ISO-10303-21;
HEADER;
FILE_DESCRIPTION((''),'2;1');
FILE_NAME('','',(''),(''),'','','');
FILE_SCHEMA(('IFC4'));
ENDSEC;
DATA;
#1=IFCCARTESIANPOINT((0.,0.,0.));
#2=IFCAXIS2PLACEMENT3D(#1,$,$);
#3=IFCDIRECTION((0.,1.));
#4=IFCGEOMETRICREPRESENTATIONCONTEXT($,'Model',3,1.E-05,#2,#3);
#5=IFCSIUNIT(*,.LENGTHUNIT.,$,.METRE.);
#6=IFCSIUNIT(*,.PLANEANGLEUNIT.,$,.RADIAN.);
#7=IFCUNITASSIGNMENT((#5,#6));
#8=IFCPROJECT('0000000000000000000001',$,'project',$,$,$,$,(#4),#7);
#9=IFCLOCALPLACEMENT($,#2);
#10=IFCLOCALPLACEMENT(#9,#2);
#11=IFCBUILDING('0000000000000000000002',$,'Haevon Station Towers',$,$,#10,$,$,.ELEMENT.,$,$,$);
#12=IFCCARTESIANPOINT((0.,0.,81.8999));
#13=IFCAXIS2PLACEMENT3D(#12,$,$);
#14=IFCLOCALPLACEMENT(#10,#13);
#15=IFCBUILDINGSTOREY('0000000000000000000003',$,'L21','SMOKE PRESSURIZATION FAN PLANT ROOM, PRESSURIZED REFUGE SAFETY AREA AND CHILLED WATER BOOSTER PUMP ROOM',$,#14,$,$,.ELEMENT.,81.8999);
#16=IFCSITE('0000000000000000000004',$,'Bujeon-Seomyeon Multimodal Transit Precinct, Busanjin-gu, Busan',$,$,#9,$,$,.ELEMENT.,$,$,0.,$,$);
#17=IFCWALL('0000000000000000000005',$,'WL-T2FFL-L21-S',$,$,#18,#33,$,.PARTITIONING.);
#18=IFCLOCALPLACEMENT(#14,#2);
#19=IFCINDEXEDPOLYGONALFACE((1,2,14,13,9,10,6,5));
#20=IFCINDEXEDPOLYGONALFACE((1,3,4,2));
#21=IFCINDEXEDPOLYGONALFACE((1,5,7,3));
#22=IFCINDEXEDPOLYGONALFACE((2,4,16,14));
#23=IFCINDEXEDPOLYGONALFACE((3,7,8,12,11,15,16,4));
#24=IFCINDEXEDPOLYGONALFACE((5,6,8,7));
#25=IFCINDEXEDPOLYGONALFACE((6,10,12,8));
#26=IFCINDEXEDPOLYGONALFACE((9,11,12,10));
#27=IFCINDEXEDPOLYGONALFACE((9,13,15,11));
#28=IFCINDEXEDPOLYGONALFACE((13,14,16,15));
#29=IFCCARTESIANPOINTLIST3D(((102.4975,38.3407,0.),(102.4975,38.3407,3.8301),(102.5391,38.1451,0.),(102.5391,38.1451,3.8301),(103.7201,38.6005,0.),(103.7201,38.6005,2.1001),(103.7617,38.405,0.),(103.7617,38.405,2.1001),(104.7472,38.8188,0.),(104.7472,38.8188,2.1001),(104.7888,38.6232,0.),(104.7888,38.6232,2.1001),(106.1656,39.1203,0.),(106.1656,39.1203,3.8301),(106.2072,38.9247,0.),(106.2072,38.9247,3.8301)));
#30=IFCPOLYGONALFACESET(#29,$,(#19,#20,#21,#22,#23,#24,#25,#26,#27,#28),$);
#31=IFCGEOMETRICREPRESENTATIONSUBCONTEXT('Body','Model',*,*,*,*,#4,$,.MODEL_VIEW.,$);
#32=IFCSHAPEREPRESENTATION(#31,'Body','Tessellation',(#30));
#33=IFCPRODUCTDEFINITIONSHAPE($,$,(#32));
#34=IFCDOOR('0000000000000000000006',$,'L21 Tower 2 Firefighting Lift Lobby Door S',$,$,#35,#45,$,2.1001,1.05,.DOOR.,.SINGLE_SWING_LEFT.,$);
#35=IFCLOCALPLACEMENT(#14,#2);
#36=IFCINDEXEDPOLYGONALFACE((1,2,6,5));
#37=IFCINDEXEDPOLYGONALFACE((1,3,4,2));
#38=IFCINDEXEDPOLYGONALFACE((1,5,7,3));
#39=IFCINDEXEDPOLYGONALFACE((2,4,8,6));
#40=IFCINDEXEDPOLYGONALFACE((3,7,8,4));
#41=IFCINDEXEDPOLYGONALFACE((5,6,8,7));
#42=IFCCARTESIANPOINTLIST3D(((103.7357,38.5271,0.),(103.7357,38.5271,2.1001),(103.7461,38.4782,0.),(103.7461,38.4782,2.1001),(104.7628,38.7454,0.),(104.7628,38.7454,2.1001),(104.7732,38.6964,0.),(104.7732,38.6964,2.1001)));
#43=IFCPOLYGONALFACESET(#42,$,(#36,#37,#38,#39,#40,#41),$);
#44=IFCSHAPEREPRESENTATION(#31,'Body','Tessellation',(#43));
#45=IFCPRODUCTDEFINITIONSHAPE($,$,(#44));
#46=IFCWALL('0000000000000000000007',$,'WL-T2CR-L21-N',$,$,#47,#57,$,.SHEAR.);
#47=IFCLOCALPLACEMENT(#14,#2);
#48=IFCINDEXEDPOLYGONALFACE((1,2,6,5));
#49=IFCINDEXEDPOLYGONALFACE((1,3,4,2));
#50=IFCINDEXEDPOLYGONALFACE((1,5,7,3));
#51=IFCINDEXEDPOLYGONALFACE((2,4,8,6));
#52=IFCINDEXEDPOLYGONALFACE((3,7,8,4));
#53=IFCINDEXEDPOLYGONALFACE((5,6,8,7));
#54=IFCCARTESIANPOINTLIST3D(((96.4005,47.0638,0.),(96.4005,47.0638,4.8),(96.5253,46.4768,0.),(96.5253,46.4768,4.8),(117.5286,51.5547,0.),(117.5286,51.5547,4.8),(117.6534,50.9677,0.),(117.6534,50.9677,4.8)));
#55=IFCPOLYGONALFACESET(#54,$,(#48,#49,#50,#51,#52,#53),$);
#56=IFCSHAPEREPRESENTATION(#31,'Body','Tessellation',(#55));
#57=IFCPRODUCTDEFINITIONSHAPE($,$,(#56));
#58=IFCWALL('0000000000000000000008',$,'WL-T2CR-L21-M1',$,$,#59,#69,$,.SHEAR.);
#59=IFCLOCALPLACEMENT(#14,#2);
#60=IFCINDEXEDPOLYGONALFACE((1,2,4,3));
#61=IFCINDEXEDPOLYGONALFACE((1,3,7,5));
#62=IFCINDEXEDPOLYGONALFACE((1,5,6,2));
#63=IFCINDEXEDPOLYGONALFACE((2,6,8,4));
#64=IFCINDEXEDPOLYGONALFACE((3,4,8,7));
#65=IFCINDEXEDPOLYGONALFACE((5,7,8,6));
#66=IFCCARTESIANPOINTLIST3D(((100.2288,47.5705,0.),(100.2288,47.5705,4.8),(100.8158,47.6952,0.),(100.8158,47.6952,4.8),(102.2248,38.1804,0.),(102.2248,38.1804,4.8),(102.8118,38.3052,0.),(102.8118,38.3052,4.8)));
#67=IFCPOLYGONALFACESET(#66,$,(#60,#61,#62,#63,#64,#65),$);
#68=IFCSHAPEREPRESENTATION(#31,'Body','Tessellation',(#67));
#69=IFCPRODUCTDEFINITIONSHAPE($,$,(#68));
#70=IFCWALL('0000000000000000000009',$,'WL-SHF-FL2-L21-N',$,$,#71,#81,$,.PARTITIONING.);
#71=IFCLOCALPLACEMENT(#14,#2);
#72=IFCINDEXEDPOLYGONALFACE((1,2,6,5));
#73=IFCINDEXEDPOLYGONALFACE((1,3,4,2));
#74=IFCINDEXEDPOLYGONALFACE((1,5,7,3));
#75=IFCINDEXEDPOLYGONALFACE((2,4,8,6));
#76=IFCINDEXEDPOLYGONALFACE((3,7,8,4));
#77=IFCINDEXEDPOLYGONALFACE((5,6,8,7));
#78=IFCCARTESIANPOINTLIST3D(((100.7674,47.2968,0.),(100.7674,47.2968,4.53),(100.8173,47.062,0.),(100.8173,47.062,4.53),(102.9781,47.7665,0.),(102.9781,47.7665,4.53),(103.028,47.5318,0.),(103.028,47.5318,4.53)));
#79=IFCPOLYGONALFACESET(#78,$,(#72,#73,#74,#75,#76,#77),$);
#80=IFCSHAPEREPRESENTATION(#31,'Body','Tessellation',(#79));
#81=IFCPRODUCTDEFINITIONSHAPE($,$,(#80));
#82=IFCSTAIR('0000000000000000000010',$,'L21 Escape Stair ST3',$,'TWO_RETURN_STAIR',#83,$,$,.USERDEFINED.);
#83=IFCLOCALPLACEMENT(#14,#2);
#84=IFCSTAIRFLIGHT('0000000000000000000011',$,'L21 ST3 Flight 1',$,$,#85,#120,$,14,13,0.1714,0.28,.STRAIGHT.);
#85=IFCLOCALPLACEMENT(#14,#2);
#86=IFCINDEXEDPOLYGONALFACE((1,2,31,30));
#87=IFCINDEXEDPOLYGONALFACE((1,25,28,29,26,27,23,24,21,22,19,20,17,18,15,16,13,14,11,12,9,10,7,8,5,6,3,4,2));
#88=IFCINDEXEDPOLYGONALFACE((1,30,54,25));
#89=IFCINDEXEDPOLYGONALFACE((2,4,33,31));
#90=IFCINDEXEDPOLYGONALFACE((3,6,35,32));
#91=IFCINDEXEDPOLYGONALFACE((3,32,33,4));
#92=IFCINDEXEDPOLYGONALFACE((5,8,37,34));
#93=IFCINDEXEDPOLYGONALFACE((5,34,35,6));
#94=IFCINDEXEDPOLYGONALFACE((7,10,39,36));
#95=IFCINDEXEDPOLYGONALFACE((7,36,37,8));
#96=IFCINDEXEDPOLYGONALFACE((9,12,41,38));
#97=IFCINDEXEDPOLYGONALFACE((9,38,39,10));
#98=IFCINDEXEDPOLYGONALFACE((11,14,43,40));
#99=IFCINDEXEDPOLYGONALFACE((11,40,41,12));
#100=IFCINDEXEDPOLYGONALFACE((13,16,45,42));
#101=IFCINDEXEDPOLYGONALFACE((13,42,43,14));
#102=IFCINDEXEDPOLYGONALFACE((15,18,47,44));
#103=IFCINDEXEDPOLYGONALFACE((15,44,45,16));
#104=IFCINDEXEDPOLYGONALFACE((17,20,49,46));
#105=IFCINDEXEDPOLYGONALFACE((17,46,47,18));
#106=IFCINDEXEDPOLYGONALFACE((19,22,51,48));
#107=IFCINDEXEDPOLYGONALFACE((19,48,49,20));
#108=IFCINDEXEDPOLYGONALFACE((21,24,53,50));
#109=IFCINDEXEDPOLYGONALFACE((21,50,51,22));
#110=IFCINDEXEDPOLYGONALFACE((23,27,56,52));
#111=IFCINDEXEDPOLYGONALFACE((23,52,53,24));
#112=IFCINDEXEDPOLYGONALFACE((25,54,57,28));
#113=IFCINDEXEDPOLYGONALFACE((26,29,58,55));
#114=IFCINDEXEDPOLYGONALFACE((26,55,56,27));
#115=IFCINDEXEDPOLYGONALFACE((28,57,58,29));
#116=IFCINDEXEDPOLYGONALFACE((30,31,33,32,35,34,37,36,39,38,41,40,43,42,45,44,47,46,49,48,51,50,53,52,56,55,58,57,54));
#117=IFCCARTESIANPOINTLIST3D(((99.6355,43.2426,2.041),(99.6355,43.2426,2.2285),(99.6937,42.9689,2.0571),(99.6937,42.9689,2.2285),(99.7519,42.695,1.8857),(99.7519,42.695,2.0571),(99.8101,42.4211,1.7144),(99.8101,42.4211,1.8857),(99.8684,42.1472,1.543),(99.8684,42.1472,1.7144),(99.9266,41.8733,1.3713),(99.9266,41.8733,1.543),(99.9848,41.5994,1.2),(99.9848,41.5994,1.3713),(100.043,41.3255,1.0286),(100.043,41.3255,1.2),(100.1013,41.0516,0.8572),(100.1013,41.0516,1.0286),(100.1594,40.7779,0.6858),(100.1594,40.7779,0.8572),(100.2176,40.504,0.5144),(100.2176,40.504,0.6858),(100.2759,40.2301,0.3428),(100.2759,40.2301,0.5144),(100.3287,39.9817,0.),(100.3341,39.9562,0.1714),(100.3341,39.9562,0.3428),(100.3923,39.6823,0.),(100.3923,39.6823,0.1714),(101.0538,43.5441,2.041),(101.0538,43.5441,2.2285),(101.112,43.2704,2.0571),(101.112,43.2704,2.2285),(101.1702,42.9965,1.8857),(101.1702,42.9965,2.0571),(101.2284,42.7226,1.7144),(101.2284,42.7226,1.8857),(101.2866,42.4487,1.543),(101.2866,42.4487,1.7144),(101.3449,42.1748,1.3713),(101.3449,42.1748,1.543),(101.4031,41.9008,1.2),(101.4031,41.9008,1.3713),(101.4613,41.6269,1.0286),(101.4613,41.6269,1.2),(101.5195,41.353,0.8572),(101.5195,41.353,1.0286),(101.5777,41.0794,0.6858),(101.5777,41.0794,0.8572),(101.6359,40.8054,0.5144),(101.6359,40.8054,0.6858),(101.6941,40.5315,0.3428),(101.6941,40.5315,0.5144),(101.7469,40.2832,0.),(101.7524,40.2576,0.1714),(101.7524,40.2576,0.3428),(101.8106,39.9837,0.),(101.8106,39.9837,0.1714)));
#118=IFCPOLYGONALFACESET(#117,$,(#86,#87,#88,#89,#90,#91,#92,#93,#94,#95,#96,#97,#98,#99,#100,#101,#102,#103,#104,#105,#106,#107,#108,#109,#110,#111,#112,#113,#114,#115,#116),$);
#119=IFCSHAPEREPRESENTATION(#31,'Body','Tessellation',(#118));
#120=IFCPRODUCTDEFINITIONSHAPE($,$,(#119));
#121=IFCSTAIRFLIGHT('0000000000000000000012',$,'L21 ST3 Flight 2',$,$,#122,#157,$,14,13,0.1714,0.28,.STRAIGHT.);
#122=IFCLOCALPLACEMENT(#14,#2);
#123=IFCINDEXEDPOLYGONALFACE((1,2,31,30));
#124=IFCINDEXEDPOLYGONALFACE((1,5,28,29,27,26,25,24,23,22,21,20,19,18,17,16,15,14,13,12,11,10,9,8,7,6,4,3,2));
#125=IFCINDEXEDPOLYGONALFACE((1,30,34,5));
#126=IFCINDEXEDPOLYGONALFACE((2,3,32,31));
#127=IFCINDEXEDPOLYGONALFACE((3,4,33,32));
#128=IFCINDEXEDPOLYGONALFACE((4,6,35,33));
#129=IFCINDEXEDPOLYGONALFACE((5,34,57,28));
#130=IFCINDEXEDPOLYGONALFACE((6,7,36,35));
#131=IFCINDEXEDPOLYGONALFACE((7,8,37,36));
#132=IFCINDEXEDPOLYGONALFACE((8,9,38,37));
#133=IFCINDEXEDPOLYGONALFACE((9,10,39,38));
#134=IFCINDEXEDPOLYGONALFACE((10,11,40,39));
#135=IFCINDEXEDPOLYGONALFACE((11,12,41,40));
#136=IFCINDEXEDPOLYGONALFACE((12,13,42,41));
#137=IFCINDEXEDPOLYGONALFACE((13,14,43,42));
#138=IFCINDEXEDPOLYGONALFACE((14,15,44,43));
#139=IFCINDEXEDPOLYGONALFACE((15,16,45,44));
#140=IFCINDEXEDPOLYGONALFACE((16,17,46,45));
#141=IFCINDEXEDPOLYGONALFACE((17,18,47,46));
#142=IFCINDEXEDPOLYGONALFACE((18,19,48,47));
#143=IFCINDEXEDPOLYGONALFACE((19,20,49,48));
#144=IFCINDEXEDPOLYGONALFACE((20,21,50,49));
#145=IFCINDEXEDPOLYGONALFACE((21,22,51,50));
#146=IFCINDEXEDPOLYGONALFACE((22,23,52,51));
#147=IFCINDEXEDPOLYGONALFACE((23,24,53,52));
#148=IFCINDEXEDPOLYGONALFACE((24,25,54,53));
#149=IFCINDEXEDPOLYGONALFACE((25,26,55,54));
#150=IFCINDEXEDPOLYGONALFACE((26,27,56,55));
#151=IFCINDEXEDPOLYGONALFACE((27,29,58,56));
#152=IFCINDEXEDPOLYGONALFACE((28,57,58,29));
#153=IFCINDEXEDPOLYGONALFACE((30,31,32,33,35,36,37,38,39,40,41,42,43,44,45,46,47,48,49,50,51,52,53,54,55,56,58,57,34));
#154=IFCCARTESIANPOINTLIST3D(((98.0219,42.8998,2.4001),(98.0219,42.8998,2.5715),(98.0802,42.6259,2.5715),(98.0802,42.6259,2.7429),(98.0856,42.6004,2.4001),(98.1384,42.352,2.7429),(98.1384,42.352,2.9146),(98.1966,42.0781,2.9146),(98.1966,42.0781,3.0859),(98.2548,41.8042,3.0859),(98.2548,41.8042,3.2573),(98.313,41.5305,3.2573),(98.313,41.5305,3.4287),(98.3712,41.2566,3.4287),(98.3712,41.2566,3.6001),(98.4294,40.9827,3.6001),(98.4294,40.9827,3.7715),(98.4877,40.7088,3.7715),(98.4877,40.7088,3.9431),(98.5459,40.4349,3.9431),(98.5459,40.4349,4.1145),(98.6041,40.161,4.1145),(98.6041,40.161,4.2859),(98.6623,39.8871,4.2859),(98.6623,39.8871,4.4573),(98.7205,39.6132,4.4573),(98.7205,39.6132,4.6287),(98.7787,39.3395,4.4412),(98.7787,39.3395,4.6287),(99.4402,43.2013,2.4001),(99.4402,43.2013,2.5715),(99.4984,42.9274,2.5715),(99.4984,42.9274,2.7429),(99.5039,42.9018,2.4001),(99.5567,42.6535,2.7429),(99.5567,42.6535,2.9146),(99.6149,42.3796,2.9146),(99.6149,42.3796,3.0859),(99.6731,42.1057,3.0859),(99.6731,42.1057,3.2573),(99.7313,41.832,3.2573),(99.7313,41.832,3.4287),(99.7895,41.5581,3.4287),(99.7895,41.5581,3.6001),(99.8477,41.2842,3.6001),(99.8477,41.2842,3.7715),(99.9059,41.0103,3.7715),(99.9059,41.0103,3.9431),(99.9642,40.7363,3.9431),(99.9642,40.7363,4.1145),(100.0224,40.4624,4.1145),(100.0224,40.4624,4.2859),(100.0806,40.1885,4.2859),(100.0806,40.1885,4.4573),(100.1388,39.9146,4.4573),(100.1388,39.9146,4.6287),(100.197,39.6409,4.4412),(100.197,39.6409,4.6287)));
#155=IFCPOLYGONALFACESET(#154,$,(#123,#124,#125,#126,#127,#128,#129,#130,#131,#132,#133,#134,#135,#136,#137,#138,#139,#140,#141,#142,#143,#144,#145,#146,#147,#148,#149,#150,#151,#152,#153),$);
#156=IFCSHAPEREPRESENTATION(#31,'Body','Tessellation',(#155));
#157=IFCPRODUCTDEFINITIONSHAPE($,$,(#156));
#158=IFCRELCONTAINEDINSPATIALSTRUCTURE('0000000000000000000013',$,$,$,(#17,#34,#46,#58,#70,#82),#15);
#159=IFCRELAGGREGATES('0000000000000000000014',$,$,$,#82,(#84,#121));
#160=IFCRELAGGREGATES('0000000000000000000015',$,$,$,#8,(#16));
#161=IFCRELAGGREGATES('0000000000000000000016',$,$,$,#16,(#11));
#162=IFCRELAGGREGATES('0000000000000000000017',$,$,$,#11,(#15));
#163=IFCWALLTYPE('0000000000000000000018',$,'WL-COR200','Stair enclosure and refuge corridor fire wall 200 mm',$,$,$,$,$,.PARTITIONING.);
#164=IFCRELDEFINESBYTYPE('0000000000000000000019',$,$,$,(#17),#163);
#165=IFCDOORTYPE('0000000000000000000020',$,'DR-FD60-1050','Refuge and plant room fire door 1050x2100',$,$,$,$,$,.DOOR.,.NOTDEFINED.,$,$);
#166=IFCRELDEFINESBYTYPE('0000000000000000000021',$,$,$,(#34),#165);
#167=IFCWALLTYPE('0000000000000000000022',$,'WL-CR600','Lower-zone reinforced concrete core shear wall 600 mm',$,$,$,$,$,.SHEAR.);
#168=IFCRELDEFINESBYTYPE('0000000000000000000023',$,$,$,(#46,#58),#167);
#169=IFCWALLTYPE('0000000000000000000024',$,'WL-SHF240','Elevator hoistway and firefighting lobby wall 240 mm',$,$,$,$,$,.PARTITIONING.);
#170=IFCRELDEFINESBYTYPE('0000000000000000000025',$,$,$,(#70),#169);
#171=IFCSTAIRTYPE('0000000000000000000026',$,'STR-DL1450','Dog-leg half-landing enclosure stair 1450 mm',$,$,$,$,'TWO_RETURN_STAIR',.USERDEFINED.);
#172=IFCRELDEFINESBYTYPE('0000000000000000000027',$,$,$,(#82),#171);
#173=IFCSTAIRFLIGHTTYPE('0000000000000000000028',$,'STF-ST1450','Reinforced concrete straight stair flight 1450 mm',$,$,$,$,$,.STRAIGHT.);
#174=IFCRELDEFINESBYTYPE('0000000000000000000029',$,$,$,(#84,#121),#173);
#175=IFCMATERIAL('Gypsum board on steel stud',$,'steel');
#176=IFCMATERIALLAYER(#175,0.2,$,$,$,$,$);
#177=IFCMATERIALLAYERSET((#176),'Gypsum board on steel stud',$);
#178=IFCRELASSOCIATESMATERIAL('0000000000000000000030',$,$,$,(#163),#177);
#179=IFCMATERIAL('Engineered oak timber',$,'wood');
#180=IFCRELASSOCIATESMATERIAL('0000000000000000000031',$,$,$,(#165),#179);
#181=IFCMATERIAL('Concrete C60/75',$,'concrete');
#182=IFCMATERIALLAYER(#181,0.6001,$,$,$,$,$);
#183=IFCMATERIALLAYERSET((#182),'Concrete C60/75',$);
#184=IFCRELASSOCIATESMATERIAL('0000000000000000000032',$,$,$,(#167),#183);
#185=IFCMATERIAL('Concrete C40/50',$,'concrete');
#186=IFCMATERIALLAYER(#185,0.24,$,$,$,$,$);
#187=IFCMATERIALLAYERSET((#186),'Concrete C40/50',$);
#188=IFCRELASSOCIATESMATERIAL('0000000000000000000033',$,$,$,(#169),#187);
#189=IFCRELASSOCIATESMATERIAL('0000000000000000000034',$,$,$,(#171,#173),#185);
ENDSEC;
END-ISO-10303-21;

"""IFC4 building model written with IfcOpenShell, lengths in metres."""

from ifc_helpers import new_model, si_unit, direction, frame, frame_2d, origin, place, context, subcontext, project, spatial, polyline, rectangle, outline, extrude, material, layer, layer_set, type_object, element, fill, aggregate, save


model = new_model("IFC4")

# Units and contexts
model_context = context("Model", 3, precision=1e-05, world=origin(), true_north=direction((0.0, 1.0)))
body_context = subcontext(model_context, "Body", "Model", "MODEL_VIEW")
ifc_project = project(units=[si_unit("LENGTHUNIT", "METRE"), si_unit("PLANEANGLEUNIT", "RADIAN")], contexts=[model_context])

# Site, building, storey
site_placement = place(None, origin())
site = spatial("IfcSite", under=ifc_project, at=site_placement, Name="Bujeon-Seomyeon Multimodal Transit Precinct, Busanjin-gu, Busan", CompositionType="ELEMENT", RefElevation=0.0)
building_placement = place(site_placement, origin())
building = spatial("IfcBuilding", under=site, at=building_placement, Name="Haevon Station Towers", CompositionType="ELEMENT")
storey_placement = place(building_placement, frame((0.0, 0.0, 81.8999)))
storey = spatial("IfcBuildingStorey", under=building, at=storey_placement, Name="L21", Description="SMOKE PRESSURIZATION FAN PLANT ROOM, PRESSURIZED REFUGE SAFETY AREA AND CHILLED WATER BOOSTER PUMP ROOM", CompositionType="ELEMENT", Elevation=81.8999)

# Shared definitions
ifc_material_1 = material(Name="Gypsum board on steel stud", Category="steel")
ifc_layer_1 = layer(ifc_material_1, 0.2)
ifc_layer_set_1 = layer_set([ifc_layer_1], Name="Gypsum board on steel stud")
wall_type_1 = type_object("IfcWallType", Name="WL-COR200", Description="Stair enclosure and refuge corridor fire wall 200 mm", PredefinedType="PARTITIONING", material=ifc_layer_set_1)

# Wall, opening, door
wall_1_placement = place(storey_placement, frame((102.5183, 38.2429, 0.0), z_axis=(0.0, 0.0, 1.0), x_axis=(0.978154, 0.207884, 0.0)))
wall_1 = element("IfcWall", 1, at=wall_1_placement, inside=storey, type_object=wall_type_1, Name="WL-T2FFL-L21-S", PredefinedType="PARTITIONING", context=body_context, shape_type="SweptSolid", body=[
    extrude(rectangle(XDim=3.75, YDim=0.2, at=frame_2d((1.875, 0.0))), origin(), (0.0, 0.0, 1.0), 3.8301),
])
opening_1_placement = place(wall_1_placement, frame((1.25, 0.0, 0.0)))
opening_1 = element("IfcOpeningElement", 2, at=opening_1_placement, cuts=wall_1, PredefinedType="OPENING", context=body_context, shape_type="SweptSolid", body=[
    extrude(rectangle(XDim=1.05, YDim=2.1001, at=frame_2d((0.5249, 1.05))), frame((0.0, 0.1099, 0.0), z_axis=(0.0, -1.0, 0.0), x_axis=(1.0, 0.0, 0.0)), (0.0, 0.0, 1.0), 0.22),
])
ifc_material_2 = material(Name="Engineered oak timber", Category="wood")
door_type_1 = type_object("IfcDoorType", Name="DR-FD60-1050", Description="Refuge and plant room fire door 1050x2100", OperationType="NOTDEFINED", PredefinedType="DOOR", material=ifc_material_2)
door_1_placement = place(opening_1_placement, origin())
door_1 = element("IfcDoor", 3, at=door_1_placement, inside=storey, type_object=door_type_1, Name="L21 Tower 2 Firefighting Lift Lobby Door S", OperationType="SINGLE_SWING_LEFT", OverallHeight=2.1001, OverallWidth=1.05, PredefinedType="DOOR", context=body_context, shape_type="SweptSolid", body=[
    extrude(rectangle(XDim=1.05, YDim=2.1001, at=frame_2d((0.5249, 1.05))), frame((0.0, 0.0249, 0.0), z_axis=(0.0, -1.0, 0.0), x_axis=(1.0, 0.0, 0.0)), (0.0, 0.0, 1.0), 0.05),
])
fill(opening_1, door_1)

# Walls
ifc_material_3 = material(Name="Concrete C60/75", Category="concrete")
ifc_layer_2 = layer(ifc_material_3, 0.6001)
ifc_layer_set_2 = layer_set([ifc_layer_2], Name="Concrete C60/75")
wall_type_2 = type_object("IfcWallType", Name="WL-CR600", Description="Lower-zone reinforced concrete core shear wall 600 mm", PredefinedType="SHEAR", material=ifc_layer_set_2)
wall_2_placement = place(storey_placement, frame((96.4629, 46.7703, 0.0), z_axis=(0.0, 0.0, 1.0), x_axis=(0.978147, 0.207913, 0.0)))
element("IfcWall", 4, at=wall_2_placement, inside=storey, type_object=wall_type_2, Name="WL-T2CR-L21-N", PredefinedType="SHEAR", context=body_context, shape_type="SweptSolid", body=[
    extrude(rectangle(XDim=21.6001, YDim=0.6001, at=frame_2d((10.8, 0.0))), origin(), (0.0, 0.0, 1.0), 4.8),
])
wall_3_placement = place(storey_placement, frame((102.5183, 38.2429, 0.0), z_axis=(0.0, 0.0, 1.0), x_axis=(-0.207927, 0.978144, 0.0)))
element("IfcWall", 5, at=wall_3_placement, inside=storey, type_object=wall_type_2, Name="WL-T2CR-L21-M1", PredefinedType="SHEAR", context=body_context, shape_type="SweptSolid", body=[
    extrude(rectangle(XDim=9.5999, YDim=0.6001, at=frame_2d((4.7998, 0.0))), origin(), (0.0, 0.0, 1.0), 4.8),
])

# Shared definitions
ifc_material_4 = material(Name="Concrete C40/50", Category="concrete")
ifc_layer_3 = layer(ifc_material_4, 0.24)
ifc_layer_set_3 = layer_set([ifc_layer_3], Name="Concrete C40/50")
wall_type_3 = type_object("IfcWallType", Name="WL-SHF240", Description="Elevator hoistway and firefighting lobby wall 240 mm", PredefinedType="PARTITIONING", material=ifc_layer_set_3)

# Wall
wall_4_placement = place(storey_placement, frame((100.7925, 47.1794, 0.0), z_axis=(0.0, 0.0, 1.0), x_axis=(0.978163, 0.207839, 0.0)))
element("IfcWall", 6, at=wall_4_placement, inside=storey, type_object=wall_type_3, Name="WL-SHF-FL2-L21-N", PredefinedType="PARTITIONING", context=body_context, shape_type="SweptSolid", body=[
    extrude(rectangle(XDim=2.26, YDim=0.24, at=frame_2d((1.1299, 0.0))), origin(), (0.0, 0.0, 1.0), 4.53),
])

# Stair, stair flights
stair_type = type_object("IfcStairType", Name="STR-DL1450", Description="Dog-leg half-landing enclosure stair 1450 mm", ElementType="TWO_RETURN_STAIR", PredefinedType="USERDEFINED", material=ifc_material_4)
stair_placement = place(storey_placement, origin())
stair = element("IfcStair", 7, at=stair_placement, inside=storey, type_object=stair_type, Name="L21 Escape Stair ST3", ObjectType="TWO_RETURN_STAIR", PredefinedType="USERDEFINED")
stair_flight_type = type_object("IfcStairFlightType", Name="STF-ST1450", Description="Reinforced concrete straight stair flight 1450 mm", PredefinedType="STRAIGHT", material=ifc_material_4)
stair_flight_1_placement = place(storey_placement, frame((101.1016, 39.833, 0.0), z_axis=(0.0, 0.0, 1.0), x_axis=(-0.207912, 0.978148, 0.0)))
stair_flight_1 = element("IfcStairFlight", 8, at=stair_flight_1_placement, type_object=stair_flight_type, Name="L21 ST3 Flight 1", NumberOfRisers=14, NumberOfTreads=13, PredefinedType="STRAIGHT", RiserHeight=0.1714, TreadLength=0.28, context=body_context, shape_type="SweptSolid", body=[
    extrude(outline(polyline([(0.0, 0.0), (0.0, 0.1714), (0.28, 0.1714), (0.28, 0.3428), (0.5601, 0.3428), (0.5601, 0.5144), (0.8401, 0.5144), (0.8401, 0.6858), (1.1201, 0.6858), (1.1201, 0.8572), (1.3999, 0.8572), (1.3999, 1.0286), (1.6799, 1.0286), (1.6799, 1.2), (1.96, 1.2), (1.96, 1.3713), (2.24, 1.3713), (2.24, 1.543), (2.52, 1.543), (2.52, 1.7144), (2.8, 1.7144), (2.8, 1.8857), (3.0801, 1.8857), (3.0801, 2.0571), (3.3601, 2.0571), (3.3601, 2.2285), (3.6399, 2.2285), (3.6399, 2.3999), (3.6399, 2.041), (0.3062, 0.0), (0.0, 0.0)])), frame((0.0, 0.7251, 0.0), z_axis=(0.0, -1.0, 0.0), x_axis=(1.0, 0.0, 0.0)), (0.0, 0.0, 1.0), 1.45),
])
stair_flight_2_placement = place(storey_placement, frame((98.731, 43.0505, 2.4001), z_axis=(0.0, 0.0, 1.0), x_axis=(0.207912, -0.978148, 0.0)))
stair_flight_2 = element("IfcStairFlight", 9, at=stair_flight_2_placement, type_object=stair_flight_type, Name="L21 ST3 Flight 2", NumberOfRisers=14, NumberOfTreads=13, PredefinedType="STRAIGHT", RiserHeight=0.1714, TreadLength=0.28, context=body_context, shape_type="SweptSolid", body=[
    extrude(outline(polyline([(0.0, 0.0), (0.0, 0.1714), (0.28, 0.1714), (0.28, 0.3428), (0.5601, 0.3428), (0.5601, 0.5144), (0.8401, 0.5144), (0.8401, 0.6858), (1.1201, 0.6858), (1.1201, 0.8572), (1.3999, 0.8572), (1.3999, 1.0286), (1.6799, 1.0286), (1.6799, 1.2), (1.96, 1.2), (1.96, 1.3713), (2.24, 1.3713), (2.24, 1.543), (2.52, 1.543), (2.52, 1.7144), (2.8, 1.7144), (2.8, 1.8857), (3.0801, 1.8857), (3.0801, 2.0571), (3.3601, 2.0571), (3.3601, 2.2285), (3.6399, 2.2285), (3.6399, 2.3999), (3.6399, 2.041), (0.3062, 0.0), (0.0, 0.0)])), frame((0.0, 0.7251, 0.0), z_axis=(0.0, -1.0, 0.0), x_axis=(1.0, 0.0, 0.0)), (0.0, 0.0, 1.0), 1.45),
])
aggregate(stair, [stair_flight_1, stair_flight_2])

save(model, "model.ifc")
